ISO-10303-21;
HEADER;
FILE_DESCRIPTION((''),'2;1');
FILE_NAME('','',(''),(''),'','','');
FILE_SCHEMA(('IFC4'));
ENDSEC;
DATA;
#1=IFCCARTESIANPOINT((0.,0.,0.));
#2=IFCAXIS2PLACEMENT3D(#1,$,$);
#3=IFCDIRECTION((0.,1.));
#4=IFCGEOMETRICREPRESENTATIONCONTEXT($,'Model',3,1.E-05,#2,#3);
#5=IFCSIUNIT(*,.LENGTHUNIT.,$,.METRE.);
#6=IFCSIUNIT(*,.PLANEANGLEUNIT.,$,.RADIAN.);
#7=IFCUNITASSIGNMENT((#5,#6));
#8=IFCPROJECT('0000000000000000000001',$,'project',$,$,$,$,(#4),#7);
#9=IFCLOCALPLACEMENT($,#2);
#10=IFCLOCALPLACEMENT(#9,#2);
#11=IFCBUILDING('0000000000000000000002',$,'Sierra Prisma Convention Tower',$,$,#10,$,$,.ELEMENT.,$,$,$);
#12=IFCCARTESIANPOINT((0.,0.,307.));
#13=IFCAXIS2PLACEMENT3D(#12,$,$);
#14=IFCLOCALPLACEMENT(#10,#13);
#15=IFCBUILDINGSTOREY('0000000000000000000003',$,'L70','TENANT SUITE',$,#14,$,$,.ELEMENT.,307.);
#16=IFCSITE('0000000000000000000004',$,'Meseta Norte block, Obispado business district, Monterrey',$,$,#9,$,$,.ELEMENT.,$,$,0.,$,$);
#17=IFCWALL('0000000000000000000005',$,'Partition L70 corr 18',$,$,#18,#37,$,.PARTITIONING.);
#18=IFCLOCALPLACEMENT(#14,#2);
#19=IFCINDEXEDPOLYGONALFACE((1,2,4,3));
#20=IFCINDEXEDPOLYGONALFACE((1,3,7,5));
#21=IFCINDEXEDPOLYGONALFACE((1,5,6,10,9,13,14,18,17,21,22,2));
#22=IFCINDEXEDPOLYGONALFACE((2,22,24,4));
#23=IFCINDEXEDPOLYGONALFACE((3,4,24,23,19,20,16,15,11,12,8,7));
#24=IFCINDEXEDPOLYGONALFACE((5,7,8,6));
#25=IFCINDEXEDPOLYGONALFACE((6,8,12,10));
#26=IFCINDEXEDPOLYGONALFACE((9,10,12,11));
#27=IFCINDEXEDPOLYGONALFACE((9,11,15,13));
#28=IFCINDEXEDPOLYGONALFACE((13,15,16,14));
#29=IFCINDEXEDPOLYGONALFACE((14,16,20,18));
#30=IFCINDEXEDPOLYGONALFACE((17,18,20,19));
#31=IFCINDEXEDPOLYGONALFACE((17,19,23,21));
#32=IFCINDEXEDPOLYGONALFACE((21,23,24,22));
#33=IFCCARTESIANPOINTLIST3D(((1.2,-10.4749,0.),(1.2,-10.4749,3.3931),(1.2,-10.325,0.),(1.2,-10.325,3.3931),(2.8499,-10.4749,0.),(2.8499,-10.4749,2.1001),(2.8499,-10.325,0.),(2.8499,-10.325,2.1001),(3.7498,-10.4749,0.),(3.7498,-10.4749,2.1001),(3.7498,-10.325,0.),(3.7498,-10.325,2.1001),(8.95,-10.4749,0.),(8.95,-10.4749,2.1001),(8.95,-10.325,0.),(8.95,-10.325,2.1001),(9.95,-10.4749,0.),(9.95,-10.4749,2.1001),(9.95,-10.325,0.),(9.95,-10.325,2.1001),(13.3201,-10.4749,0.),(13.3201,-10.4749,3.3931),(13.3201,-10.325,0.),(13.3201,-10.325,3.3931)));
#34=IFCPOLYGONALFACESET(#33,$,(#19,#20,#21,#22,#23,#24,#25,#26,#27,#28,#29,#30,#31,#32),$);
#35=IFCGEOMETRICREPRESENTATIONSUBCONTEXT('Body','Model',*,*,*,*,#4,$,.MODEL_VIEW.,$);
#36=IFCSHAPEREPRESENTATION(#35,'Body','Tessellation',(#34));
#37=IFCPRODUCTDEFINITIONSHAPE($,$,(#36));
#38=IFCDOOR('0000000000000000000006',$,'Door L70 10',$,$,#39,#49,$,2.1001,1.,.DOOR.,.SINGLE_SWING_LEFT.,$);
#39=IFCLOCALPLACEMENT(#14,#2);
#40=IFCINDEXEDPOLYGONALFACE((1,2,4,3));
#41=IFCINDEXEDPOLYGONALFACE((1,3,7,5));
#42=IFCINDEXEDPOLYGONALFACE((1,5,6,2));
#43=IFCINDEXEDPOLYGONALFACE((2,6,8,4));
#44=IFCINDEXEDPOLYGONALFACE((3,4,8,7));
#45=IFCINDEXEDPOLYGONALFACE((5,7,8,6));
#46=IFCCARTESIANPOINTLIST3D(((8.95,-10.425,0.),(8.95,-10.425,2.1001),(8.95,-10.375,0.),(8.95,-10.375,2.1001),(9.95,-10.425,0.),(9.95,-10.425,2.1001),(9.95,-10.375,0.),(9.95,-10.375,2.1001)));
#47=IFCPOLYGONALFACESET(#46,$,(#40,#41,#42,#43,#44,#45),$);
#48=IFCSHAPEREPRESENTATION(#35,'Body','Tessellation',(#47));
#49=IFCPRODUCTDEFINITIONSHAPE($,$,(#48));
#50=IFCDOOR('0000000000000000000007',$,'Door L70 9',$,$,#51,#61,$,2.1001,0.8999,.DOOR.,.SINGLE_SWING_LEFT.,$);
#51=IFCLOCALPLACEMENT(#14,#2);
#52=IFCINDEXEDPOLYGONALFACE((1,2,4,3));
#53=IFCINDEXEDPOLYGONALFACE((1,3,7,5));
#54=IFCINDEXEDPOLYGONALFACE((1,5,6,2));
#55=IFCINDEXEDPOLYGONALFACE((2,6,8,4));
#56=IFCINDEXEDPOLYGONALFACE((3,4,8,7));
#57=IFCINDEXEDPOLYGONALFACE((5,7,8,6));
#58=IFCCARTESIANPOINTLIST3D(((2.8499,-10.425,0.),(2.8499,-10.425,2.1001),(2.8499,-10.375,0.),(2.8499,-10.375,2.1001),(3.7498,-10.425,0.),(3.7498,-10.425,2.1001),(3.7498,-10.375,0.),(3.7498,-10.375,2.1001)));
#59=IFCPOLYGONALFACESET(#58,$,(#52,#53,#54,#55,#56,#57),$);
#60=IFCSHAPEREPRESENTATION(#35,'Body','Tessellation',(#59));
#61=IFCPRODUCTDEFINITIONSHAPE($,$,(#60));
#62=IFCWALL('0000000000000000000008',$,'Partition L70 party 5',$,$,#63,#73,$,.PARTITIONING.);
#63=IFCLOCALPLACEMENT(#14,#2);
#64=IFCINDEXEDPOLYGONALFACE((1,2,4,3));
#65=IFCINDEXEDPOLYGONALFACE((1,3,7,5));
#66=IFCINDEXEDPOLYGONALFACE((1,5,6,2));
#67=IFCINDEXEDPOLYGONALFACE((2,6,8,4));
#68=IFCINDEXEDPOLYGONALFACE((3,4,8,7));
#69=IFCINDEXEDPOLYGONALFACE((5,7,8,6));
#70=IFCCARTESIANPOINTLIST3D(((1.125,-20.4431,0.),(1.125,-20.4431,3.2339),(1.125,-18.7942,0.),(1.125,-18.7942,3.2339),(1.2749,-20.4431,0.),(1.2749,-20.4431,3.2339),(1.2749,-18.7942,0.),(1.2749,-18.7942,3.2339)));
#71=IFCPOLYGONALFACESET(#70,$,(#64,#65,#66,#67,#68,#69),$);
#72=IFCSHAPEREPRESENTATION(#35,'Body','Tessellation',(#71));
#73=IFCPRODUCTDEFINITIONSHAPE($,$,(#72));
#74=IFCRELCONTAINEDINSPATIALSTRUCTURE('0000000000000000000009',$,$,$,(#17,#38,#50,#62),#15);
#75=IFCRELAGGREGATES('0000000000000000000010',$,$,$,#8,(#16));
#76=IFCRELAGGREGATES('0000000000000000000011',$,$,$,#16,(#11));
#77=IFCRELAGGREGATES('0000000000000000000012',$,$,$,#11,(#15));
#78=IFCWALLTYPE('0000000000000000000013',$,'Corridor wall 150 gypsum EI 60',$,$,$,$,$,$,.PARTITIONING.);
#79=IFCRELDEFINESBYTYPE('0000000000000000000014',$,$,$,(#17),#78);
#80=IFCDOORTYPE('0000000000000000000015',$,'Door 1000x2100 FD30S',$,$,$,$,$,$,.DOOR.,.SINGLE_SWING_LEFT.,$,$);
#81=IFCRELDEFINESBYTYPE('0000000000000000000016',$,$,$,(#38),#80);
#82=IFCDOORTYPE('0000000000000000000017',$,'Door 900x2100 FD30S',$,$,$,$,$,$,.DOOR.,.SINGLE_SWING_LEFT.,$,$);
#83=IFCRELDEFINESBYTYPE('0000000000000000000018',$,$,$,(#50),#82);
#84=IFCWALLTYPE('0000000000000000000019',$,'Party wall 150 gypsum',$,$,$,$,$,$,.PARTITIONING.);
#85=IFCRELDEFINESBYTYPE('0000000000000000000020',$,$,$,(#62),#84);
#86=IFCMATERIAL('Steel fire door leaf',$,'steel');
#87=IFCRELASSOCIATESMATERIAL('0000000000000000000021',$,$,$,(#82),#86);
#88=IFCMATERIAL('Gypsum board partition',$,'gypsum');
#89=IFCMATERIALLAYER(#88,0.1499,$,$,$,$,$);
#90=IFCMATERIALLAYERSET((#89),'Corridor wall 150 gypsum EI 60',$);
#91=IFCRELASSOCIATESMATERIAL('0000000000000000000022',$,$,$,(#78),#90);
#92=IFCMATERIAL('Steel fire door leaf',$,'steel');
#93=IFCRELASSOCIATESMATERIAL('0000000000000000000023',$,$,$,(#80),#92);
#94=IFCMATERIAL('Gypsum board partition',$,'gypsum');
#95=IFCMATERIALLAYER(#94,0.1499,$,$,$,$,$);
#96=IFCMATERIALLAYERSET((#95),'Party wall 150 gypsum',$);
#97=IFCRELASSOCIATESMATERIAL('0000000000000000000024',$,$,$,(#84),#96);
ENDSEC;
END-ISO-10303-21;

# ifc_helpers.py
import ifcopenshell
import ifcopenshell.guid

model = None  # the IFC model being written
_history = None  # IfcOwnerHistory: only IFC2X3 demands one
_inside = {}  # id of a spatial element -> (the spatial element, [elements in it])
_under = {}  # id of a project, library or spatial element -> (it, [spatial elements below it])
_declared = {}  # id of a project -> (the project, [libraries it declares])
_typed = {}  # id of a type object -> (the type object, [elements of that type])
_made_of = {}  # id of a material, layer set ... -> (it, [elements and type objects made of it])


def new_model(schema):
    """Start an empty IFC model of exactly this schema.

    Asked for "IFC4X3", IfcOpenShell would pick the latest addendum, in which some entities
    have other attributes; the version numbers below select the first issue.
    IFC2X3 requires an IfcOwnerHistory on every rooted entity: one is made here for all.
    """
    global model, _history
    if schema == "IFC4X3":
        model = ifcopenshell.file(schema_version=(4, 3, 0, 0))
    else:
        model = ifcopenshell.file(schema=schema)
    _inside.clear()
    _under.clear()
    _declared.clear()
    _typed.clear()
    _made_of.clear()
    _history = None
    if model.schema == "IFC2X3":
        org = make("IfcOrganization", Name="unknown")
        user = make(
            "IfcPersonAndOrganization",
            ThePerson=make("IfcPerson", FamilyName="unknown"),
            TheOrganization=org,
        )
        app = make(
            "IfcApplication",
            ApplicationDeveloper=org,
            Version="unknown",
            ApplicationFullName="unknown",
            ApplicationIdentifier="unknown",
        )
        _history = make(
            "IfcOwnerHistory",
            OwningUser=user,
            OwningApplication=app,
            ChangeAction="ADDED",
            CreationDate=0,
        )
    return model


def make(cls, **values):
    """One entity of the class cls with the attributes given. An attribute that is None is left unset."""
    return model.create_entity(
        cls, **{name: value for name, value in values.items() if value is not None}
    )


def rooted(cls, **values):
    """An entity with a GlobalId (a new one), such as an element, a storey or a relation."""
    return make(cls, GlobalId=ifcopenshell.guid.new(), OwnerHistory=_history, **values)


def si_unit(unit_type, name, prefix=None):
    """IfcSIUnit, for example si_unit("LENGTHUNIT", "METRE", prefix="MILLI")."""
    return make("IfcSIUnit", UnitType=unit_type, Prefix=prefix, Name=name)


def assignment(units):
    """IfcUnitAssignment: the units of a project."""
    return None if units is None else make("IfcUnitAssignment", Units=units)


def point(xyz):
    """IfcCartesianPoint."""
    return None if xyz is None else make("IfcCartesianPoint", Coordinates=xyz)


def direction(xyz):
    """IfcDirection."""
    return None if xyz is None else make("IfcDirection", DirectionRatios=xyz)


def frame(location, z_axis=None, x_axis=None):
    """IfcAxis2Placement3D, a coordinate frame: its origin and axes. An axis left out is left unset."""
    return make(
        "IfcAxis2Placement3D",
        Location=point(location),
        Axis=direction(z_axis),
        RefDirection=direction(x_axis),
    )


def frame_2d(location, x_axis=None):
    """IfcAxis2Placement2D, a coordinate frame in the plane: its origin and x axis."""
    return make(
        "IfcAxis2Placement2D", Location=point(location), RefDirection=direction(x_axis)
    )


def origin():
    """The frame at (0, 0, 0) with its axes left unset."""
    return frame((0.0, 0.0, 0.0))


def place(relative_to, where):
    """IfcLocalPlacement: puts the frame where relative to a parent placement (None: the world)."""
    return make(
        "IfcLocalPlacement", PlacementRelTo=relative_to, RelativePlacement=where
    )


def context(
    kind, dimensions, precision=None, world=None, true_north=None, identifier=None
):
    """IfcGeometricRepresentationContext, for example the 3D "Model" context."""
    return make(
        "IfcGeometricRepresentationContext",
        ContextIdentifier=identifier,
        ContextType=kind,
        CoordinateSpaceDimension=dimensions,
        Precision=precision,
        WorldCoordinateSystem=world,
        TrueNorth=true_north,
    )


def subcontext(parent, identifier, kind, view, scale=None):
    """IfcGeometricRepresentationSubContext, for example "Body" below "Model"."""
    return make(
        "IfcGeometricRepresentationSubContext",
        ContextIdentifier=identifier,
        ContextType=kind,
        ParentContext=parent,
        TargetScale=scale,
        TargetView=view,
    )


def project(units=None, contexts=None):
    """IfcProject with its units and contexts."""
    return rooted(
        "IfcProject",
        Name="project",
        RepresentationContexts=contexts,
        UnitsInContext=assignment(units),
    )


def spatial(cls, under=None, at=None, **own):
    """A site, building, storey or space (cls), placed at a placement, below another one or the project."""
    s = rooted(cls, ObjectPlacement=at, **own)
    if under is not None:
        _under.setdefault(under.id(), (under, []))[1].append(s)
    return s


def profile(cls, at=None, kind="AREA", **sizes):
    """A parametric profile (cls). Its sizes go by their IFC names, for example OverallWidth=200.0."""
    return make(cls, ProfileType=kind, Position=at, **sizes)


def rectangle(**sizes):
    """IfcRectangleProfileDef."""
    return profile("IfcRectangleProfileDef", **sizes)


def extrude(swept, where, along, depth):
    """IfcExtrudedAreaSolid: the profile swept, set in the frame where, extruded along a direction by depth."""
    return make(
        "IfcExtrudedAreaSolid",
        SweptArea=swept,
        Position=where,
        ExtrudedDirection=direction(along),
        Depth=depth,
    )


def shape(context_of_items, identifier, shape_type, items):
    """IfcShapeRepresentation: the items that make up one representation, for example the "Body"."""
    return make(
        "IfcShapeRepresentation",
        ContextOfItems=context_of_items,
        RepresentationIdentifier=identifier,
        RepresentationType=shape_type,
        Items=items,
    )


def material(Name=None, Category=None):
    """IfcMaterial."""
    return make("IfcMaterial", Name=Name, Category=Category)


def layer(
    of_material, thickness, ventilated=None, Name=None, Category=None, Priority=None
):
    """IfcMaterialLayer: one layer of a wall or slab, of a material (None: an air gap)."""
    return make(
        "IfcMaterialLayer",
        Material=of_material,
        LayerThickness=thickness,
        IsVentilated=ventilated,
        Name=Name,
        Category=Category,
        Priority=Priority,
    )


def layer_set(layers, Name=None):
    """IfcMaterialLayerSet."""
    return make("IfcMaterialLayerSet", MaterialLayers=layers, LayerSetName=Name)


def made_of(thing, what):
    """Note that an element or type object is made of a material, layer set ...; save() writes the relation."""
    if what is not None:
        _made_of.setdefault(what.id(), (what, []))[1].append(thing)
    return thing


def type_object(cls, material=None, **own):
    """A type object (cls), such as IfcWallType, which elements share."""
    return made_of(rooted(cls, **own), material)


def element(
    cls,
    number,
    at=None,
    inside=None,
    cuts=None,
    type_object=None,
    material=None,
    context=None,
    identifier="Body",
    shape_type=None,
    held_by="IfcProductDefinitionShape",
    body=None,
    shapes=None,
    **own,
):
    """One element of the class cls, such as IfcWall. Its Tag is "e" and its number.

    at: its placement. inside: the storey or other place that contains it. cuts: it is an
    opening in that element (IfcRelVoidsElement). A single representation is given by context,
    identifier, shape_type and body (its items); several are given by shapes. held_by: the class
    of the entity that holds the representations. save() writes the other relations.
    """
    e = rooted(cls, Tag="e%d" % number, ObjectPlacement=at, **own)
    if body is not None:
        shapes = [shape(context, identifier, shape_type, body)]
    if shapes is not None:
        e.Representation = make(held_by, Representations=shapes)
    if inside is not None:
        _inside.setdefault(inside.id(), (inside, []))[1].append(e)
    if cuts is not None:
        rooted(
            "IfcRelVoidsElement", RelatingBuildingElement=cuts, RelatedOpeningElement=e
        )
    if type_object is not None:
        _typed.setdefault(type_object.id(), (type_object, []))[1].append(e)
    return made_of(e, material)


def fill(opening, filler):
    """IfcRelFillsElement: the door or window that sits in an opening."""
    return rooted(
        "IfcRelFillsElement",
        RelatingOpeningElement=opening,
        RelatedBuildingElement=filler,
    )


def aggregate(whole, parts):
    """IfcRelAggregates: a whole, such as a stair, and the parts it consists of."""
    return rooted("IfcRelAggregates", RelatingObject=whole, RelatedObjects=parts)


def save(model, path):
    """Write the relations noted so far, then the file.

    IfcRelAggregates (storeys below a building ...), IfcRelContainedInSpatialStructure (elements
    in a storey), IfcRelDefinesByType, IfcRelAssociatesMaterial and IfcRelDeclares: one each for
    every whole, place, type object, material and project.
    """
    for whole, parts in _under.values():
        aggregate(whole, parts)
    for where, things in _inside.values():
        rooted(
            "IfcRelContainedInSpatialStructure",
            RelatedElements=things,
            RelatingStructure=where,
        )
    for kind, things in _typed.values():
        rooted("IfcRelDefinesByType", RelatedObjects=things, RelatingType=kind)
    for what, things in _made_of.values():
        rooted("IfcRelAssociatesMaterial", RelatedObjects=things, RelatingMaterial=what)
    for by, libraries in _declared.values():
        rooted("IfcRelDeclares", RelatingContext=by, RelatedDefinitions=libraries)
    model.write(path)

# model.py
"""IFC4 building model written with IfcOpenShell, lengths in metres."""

from ifc_helpers import new_model, si_unit, direction, frame, frame_2d, origin, place, context, subcontext, project, spatial, rectangle, extrude, material, layer, layer_set, type_object, element, fill, save


model = new_model("IFC4")

# Units and contexts
model_context = context("Model", 3, precision=1e-05, world=origin(), true_north=direction((0.0, 1.0)))
body_context = subcontext(model_context, "Body", "Model", "MODEL_VIEW")
ifc_project = project(units=[si_unit("LENGTHUNIT", "METRE"), si_unit("PLANEANGLEUNIT", "RADIAN")], contexts=[model_context])

# Site, building, storey
site_placement = place(None, origin())
site = spatial("IfcSite", under=ifc_project, at=site_placement, Name="Meseta Norte block, Obispado business district, Monterrey", CompositionType="ELEMENT", RefElevation=0.0)
building_placement = place(site_placement, origin())
building = spatial("IfcBuilding", under=site, at=building_placement, Name="Sierra Prisma Convention Tower", CompositionType="ELEMENT")
storey_placement = place(building_placement, frame((0.0, 0.0, 307.0)))
storey = spatial("IfcBuildingStorey", under=building, at=storey_placement, Name="L70", Description="TENANT SUITE", CompositionType="ELEMENT", Elevation=307.0)

# Shared definitions
ifc_material_1 = material(Name="Steel fire door leaf", Category="steel")
door_type_1 = type_object("IfcDoorType", Name="Door 900x2100 FD30S", OperationType="SINGLE_SWING_LEFT", PredefinedType="DOOR", material=ifc_material_1)

# Shared definitions
ifc_material_2 = material(Name="Gypsum board partition", Category="gypsum")
ifc_layer_1 = layer(ifc_material_2, 0.1499)
ifc_layer_set_1 = layer_set([ifc_layer_1], Name="Corridor wall 150 gypsum EI 60")
wall_type_1 = type_object("IfcWallType", Name="Corridor wall 150 gypsum EI 60", PredefinedType="PARTITIONING", material=ifc_layer_set_1)

# Wall, openings, doors
wall_1_placement = place(storey_placement, frame((1.2, -10.3999, 0.0), z_axis=(0.0, 0.0, 1.0), x_axis=(1.0, 0.0, 0.0)))
wall_1 = element("IfcWall", 1, at=wall_1_placement, inside=storey, type_object=wall_type_1, Name="Partition L70 corr 18", PredefinedType="PARTITIONING", context=body_context, shape_type="SweptSolid", body=[
    extrude(rectangle(XDim=12.1201, YDim=0.1499, at=frame_2d((6.0601, 0.0))), origin(), (0.0, 0.0, 1.0), 3.3931),
])
opening_1_placement = place(wall_1_placement, frame((1.6499, 0.0, 0.0)))
opening_1 = element("IfcOpeningElement", 2, at=opening_1_placement, cuts=wall_1, PredefinedType="OPENING", context=body_context, shape_type="SweptSolid", body=[
    extrude(rectangle(XDim=0.8999, YDim=2.1001, at=frame_2d((0.45, 1.05))), frame((0.0, 0.075, 0.0), z_axis=(0.0, -1.0, 0.0), x_axis=(1.0, 0.0, 0.0)), (0.0, 0.0, 1.0), 0.1499),
])
opening_2_placement = place(wall_1_placement, frame((7.75, 0.0, 0.0)))
opening_2 = element("IfcOpeningElement", 3, at=opening_2_placement, cuts=wall_1, PredefinedType="OPENING", context=body_context, shape_type="SweptSolid", body=[
    extrude(rectangle(XDim=1.0, YDim=2.1001, at=frame_2d((0.5, 1.05))), frame((0.0, 0.075, 0.0), z_axis=(0.0, -1.0, 0.0), x_axis=(1.0, 0.0, 0.0)), (0.0, 0.0, 1.0), 0.1499),
])
ifc_material_3 = material(Name="Steel fire door leaf", Category="steel")
door_type_2 = type_object("IfcDoorType", Name="Door 1000x2100 FD30S", OperationType="SINGLE_SWING_LEFT", PredefinedType="DOOR", material=ifc_material_3)
door_1_placement = place(opening_2_placement, origin())
door_1 = element("IfcDoor", 4, at=door_1_placement, inside=storey, type_object=door_type_2, Name="Door L70 10", OperationType="SINGLE_SWING_LEFT", OverallHeight=2.1001, OverallWidth=1.0, PredefinedType="DOOR", context=body_context, shape_type="SweptSolid", body=[
    extrude(rectangle(XDim=1.0, YDim=2.1001, at=frame_2d((0.5, 1.05))), frame((0.0, 0.0249, 0.0), z_axis=(0.0, -1.0, 0.0), x_axis=(1.0, 0.0, 0.0)), (0.0, 0.0, 1.0), 0.05),
])
fill(opening_2, door_1)
door_2_placement = place(opening_1_placement, origin())
door_2 = element("IfcDoor", 5, at=door_2_placement, inside=storey, type_object=door_type_1, Name="Door L70 9", OperationType="SINGLE_SWING_LEFT", OverallHeight=2.1001, OverallWidth=0.8999, PredefinedType="DOOR", context=body_context, shape_type="SweptSolid", body=[
    extrude(rectangle(XDim=0.8999, YDim=2.1001, at=frame_2d((0.45, 1.05))), frame((0.0, 0.0249, 0.0), z_axis=(0.0, -1.0, 0.0), x_axis=(1.0, 0.0, 0.0)), (0.0, 0.0, 1.0), 0.05),
])
fill(opening_1, door_2)

# Wall
ifc_material_4 = material(Name="Gypsum board partition", Category="gypsum")
ifc_layer_2 = layer(ifc_material_4, 0.1499)
ifc_layer_set_2 = layer_set([ifc_layer_2], Name="Party wall 150 gypsum")
wall_type_2 = type_object("IfcWallType", Name="Party wall 150 gypsum", PredefinedType="PARTITIONING", material=ifc_layer_set_2)
wall_2_placement = place(storey_placement, frame((1.2, -18.7942, 0.0), z_axis=(0.0, 0.0, 1.0), x_axis=(0.0, -1.0, 0.0)))
element("IfcWall", 6, at=wall_2_placement, inside=storey, type_object=wall_type_2, Name="Partition L70 party 5", PredefinedType="PARTITIONING", context=body_context, shape_type="SweptSolid", body=[
    extrude(rectangle(XDim=1.6489, YDim=0.1499, at=frame_2d((0.8245, 0.0))), origin(), (0.0, 0.0, 1.0), 3.2339),
])

save(model, "model.ifc")
